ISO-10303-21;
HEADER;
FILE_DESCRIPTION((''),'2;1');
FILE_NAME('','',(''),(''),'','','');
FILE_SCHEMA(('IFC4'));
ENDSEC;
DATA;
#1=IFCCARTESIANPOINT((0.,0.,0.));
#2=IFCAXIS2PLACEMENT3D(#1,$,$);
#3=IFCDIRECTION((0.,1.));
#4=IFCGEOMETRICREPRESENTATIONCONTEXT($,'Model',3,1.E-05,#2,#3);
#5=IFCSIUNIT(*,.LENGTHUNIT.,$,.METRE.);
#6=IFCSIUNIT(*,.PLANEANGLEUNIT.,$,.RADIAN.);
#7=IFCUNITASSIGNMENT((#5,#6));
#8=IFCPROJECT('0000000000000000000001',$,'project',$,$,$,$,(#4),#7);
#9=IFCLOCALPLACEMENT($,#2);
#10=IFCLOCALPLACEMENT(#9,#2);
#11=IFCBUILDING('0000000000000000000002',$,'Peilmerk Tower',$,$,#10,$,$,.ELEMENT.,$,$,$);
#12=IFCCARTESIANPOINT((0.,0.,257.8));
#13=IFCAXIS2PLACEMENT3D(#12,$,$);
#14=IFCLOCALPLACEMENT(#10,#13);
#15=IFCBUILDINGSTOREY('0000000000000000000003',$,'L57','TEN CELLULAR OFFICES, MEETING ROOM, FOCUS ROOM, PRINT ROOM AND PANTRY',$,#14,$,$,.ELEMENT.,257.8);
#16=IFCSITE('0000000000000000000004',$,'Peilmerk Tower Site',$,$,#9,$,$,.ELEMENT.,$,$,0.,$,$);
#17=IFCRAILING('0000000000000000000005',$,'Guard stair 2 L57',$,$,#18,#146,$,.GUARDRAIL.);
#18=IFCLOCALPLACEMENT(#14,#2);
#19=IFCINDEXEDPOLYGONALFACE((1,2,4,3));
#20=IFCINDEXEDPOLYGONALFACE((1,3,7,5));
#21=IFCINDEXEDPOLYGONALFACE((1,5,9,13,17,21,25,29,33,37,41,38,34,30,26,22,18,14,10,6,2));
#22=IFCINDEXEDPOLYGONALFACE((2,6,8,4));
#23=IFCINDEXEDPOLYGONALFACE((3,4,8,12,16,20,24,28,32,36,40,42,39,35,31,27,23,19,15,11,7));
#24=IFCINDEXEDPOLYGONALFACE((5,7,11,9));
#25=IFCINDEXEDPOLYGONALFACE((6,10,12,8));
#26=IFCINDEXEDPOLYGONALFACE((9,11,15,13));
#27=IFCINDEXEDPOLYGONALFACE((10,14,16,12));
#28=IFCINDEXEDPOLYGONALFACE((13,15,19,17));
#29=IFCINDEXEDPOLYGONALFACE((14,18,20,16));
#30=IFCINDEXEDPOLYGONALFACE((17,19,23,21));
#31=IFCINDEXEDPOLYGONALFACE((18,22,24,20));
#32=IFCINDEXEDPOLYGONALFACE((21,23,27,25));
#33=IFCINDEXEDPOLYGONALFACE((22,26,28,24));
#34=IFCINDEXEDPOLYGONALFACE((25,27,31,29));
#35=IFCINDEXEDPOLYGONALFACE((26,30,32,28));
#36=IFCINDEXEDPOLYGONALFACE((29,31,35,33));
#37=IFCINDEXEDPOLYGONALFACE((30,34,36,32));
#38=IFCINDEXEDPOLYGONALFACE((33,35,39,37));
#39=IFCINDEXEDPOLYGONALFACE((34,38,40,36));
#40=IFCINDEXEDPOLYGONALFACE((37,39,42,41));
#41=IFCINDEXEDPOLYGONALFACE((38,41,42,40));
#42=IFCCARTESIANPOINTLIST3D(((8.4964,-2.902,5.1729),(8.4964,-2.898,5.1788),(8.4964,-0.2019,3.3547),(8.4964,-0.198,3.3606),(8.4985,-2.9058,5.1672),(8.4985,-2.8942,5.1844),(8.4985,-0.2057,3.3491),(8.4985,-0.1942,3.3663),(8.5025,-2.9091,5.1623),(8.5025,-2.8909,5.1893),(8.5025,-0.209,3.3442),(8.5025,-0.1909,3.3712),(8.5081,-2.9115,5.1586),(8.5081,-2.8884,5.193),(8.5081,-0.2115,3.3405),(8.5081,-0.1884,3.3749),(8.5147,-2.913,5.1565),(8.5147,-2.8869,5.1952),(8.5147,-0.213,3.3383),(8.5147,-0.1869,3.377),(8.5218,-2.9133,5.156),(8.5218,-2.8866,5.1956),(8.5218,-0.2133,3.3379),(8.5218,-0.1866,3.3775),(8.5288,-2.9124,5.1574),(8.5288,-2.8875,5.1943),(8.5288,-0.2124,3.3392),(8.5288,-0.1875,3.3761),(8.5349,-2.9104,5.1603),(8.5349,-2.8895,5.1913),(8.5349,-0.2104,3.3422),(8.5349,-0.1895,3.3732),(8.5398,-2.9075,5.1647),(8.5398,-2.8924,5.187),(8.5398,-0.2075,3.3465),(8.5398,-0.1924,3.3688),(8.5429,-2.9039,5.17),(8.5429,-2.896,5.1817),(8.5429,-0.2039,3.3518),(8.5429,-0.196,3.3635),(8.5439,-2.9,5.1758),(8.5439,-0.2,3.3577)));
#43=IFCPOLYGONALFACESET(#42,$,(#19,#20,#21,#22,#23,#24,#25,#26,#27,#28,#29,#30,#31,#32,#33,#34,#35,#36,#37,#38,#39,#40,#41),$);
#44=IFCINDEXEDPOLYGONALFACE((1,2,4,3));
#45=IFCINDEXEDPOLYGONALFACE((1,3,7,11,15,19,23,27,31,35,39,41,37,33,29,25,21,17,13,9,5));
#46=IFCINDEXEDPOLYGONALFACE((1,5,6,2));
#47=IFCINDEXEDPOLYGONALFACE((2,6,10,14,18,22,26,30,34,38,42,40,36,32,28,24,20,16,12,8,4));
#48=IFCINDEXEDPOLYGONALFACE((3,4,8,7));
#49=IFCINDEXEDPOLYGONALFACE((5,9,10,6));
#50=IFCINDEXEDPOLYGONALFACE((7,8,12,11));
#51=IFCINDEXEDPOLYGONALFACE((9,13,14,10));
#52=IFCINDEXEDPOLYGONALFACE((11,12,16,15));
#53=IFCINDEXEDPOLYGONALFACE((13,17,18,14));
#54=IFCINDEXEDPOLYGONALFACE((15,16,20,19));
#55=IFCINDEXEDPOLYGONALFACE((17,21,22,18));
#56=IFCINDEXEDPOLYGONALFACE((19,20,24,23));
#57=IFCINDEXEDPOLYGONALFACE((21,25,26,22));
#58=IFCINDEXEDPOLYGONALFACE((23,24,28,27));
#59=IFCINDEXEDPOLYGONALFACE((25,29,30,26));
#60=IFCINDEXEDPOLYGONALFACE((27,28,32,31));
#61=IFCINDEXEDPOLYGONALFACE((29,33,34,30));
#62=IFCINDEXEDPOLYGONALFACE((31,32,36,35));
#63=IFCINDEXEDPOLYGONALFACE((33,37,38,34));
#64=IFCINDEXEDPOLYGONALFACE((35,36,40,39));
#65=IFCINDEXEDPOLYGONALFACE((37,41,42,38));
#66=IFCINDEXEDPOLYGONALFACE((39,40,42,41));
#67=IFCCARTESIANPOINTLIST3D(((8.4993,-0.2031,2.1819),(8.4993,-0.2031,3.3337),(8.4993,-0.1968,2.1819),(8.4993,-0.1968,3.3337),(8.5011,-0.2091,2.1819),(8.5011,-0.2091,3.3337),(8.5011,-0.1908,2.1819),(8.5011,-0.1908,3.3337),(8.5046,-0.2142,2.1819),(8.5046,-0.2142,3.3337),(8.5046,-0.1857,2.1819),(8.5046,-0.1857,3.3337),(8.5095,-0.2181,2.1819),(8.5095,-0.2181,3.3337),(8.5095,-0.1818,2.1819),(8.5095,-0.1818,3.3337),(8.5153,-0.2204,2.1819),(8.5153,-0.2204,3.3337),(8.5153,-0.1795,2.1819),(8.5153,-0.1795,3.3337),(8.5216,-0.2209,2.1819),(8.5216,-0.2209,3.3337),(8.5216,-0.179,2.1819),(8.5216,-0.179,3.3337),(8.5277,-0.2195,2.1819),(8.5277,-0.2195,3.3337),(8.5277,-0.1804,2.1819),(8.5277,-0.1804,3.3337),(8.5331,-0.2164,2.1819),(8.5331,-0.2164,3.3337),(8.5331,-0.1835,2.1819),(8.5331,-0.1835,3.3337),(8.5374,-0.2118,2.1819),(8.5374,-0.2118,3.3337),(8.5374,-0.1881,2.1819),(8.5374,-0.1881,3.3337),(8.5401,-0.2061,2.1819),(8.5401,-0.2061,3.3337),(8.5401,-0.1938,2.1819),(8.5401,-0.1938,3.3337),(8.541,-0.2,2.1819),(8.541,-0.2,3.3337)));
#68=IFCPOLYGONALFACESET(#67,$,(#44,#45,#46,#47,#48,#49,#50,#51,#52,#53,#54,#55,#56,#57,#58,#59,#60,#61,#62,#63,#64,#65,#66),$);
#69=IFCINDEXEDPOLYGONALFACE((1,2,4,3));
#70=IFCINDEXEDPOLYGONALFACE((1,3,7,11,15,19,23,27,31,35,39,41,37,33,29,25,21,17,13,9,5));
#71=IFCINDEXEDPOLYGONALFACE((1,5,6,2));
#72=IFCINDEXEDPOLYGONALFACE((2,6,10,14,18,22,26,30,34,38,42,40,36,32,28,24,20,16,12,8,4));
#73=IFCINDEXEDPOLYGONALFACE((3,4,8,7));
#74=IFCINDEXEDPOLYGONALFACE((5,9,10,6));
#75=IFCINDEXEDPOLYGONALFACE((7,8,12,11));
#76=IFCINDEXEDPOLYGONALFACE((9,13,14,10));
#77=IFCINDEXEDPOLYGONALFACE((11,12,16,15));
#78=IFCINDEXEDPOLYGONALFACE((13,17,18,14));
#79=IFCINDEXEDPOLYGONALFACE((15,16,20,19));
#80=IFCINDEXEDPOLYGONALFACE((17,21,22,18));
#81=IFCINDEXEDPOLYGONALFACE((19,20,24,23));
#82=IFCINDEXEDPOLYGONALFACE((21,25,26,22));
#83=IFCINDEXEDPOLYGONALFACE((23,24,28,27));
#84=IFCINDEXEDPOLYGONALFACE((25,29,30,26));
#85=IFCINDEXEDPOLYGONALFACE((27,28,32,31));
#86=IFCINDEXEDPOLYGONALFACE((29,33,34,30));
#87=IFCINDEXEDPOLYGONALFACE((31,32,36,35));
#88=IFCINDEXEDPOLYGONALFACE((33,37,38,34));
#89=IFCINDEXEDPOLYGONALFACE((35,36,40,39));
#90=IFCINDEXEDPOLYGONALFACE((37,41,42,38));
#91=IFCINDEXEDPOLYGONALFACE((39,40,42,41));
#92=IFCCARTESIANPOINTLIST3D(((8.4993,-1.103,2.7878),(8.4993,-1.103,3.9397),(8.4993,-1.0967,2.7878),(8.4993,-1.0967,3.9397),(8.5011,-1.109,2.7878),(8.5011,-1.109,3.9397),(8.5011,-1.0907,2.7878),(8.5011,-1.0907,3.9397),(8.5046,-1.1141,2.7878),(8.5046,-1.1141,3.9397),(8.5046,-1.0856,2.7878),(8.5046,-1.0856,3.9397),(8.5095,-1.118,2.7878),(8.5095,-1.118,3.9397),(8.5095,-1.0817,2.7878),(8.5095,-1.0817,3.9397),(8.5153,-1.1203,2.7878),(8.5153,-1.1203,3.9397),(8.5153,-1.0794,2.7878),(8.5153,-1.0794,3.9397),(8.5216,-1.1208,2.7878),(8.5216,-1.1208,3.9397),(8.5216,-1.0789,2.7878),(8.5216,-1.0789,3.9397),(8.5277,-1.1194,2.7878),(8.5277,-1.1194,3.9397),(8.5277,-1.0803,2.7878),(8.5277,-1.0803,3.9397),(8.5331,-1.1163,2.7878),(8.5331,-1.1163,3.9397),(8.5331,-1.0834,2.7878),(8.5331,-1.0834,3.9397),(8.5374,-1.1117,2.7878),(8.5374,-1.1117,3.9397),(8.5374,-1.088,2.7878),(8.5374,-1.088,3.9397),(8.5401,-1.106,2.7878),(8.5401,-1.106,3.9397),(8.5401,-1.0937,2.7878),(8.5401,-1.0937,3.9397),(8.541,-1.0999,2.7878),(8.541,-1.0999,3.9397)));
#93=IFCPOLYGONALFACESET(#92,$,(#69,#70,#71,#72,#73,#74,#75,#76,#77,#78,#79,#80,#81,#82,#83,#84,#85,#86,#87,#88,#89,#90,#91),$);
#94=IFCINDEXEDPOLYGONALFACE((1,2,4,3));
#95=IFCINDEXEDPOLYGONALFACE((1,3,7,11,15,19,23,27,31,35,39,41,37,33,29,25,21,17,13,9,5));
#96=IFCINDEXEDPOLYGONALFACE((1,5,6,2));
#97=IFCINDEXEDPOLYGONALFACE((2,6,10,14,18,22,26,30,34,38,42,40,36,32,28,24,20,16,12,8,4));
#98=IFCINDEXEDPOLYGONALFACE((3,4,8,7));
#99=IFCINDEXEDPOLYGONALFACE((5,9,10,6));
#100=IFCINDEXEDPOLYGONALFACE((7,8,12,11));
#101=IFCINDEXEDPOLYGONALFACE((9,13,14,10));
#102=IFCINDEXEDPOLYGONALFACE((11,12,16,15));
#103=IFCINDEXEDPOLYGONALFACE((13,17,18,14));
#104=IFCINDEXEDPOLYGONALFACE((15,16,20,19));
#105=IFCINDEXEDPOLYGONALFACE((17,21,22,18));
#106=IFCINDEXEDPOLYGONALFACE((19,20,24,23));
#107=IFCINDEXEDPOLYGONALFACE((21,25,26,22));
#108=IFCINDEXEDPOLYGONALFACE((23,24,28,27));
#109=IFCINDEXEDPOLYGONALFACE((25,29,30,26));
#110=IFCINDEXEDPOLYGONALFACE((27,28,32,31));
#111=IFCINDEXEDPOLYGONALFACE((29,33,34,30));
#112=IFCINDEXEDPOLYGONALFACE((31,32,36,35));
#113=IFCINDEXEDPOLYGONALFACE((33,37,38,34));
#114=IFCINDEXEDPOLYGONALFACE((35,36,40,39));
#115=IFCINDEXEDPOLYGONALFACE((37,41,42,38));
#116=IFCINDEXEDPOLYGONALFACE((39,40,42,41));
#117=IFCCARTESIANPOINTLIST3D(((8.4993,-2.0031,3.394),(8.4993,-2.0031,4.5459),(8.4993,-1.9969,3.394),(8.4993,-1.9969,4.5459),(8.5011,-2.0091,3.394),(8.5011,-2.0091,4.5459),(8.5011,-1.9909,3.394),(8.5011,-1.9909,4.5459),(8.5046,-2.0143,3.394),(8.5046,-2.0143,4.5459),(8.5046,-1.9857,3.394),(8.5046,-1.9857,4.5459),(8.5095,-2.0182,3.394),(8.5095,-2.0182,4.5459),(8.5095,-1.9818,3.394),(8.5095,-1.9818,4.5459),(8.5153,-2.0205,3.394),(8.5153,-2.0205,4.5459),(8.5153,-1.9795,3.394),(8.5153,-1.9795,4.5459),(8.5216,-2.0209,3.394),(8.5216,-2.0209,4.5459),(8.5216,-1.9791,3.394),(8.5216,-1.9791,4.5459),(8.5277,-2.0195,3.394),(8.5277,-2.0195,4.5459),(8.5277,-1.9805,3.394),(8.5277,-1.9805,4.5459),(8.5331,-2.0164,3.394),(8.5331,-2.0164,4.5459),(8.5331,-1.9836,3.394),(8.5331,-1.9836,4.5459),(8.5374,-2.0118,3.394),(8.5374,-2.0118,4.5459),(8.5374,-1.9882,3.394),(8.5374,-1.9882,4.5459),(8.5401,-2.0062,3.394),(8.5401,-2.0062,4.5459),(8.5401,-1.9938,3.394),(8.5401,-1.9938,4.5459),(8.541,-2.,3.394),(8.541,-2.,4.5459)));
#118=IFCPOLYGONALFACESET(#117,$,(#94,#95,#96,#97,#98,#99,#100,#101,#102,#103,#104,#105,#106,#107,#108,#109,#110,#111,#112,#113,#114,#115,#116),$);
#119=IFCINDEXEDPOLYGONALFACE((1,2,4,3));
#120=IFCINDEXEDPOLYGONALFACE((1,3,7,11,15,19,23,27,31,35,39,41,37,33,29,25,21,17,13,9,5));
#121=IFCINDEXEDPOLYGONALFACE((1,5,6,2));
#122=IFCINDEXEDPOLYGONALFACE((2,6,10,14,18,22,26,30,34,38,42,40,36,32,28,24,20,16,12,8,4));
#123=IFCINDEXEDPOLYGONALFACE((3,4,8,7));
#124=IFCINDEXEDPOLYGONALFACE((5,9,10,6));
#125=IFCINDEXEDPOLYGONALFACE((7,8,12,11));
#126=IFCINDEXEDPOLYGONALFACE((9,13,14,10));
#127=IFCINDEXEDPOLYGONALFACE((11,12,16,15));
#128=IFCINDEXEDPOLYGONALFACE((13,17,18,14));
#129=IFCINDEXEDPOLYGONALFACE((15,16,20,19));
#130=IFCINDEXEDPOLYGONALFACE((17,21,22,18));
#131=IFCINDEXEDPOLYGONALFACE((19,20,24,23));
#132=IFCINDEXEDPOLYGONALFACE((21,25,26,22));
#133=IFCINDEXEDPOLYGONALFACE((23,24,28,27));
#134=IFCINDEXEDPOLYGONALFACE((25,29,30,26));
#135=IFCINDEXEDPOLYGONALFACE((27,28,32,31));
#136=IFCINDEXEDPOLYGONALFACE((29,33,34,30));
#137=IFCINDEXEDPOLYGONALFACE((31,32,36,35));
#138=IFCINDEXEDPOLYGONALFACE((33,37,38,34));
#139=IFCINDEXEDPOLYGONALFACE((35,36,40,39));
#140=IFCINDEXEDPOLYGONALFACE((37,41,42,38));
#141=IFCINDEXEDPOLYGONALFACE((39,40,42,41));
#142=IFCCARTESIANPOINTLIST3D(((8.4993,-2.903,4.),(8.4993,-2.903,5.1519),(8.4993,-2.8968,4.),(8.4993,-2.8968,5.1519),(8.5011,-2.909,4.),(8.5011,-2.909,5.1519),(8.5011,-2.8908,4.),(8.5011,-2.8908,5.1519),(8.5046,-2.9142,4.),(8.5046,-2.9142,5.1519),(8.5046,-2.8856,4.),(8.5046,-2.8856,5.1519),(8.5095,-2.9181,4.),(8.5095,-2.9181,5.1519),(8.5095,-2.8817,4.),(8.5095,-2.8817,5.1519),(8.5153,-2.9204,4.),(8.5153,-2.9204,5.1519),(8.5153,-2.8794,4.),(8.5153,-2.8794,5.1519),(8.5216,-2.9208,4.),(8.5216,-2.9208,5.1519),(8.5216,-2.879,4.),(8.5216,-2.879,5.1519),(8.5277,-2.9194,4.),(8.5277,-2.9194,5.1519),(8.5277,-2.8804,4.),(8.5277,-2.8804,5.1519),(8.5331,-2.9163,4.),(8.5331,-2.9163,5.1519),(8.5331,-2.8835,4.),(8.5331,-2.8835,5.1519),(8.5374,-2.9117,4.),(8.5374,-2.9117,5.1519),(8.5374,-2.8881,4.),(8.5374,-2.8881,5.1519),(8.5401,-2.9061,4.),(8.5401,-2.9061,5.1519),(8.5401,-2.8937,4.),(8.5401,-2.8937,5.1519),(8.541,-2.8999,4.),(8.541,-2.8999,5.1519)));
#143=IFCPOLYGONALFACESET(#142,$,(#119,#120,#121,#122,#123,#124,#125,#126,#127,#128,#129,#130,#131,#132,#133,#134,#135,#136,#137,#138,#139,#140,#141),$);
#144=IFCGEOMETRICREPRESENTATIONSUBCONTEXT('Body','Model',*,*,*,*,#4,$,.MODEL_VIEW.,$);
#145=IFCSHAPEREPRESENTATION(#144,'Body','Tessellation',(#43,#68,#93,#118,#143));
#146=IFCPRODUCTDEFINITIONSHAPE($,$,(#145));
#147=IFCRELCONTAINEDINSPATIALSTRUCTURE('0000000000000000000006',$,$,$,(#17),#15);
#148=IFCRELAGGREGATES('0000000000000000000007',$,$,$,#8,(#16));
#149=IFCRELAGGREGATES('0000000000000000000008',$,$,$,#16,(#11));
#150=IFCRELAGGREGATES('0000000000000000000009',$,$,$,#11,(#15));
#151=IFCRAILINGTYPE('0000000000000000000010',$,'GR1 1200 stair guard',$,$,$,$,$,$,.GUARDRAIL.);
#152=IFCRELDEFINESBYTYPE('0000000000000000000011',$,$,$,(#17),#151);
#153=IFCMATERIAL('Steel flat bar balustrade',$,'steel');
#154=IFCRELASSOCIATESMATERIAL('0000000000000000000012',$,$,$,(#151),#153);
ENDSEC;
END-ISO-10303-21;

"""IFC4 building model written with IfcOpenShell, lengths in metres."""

from ifc_helpers import new_model, si_unit, direction, frame, origin, origin_2d, place, context, subcontext, project, spatial, circle, extrude, material, type_object, element, save


model = new_model("IFC4")

# Units and contexts
model_context = context("Model", 3, precision=1e-05, world=origin(), true_north=direction((0.0, 1.0)))
body_context = subcontext(model_context, "Body", "Model", "MODEL_VIEW")
ifc_project = project(units=[si_unit("LENGTHUNIT", "METRE"), si_unit("PLANEANGLEUNIT", "RADIAN")], contexts=[model_context])

# Site, building, storey
site_placement = place(None, origin())
site = spatial("IfcSite", under=ifc_project, at=site_placement, Name="Peilmerk Tower Site", CompositionType="ELEMENT", RefElevation=0.0)
building_placement = place(site_placement, origin())
building = spatial("IfcBuilding", under=site, at=building_placement, Name="Peilmerk Tower", CompositionType="ELEMENT")
storey_placement = place(building_placement, frame((0.0, 0.0, 257.8)))
storey = spatial("IfcBuildingStorey", under=building, at=storey_placement, Name="L57", Description="TEN CELLULAR OFFICES, MEETING ROOM, FOCUS ROOM, PRINT ROOM AND PANTRY", CompositionType="ELEMENT", Elevation=257.8)

# Railing
ifc_material_1 = material(Name="Steel flat bar balustrade", Category="steel")
railing_type_1 = type_object("IfcRailingType", Name="GR1 1200 stair guard", PredefinedType="GUARDRAIL", material=ifc_material_1)
railing_1_placement = place(storey_placement, frame((8.52, -0.2, 2.1819)))
element("IfcRailing", 1, at=railing_1_placement, inside=storey, type_object=railing_type_1, Name="Guard stair 2 L57", PredefinedType="GUARDRAIL", context=body_context, shape_type="SweptSolid", body=[
    extrude(circle(Radius=0.0239, at=origin_2d()), frame((0.0, 0.0, 1.1758), z_axis=(0.0, -0.829468, 0.558554), x_axis=(1.0, 0.0, 0.0)), (0.0, 0.0, 1.0), 3.2551),
    extrude(circle(Radius=0.021, at=origin_2d()), origin(), (0.0, 0.0, 1.0), 1.1519),
    extrude(circle(Radius=0.021, at=origin_2d()), frame((0.0, -0.8999, 0.606)), (0.0, 0.0, 1.0), 1.1519),
    extrude(circle(Radius=0.021, at=origin_2d()), frame((0.0, -1.8, 1.2122)), (0.0, 0.0, 1.0), 1.1519),
    extrude(circle(Radius=0.021, at=origin_2d()), frame((0.0, -2.7, 1.8181)), (0.0, 0.0, 1.0), 1.1519),
])

save(model, "model.ifc")
